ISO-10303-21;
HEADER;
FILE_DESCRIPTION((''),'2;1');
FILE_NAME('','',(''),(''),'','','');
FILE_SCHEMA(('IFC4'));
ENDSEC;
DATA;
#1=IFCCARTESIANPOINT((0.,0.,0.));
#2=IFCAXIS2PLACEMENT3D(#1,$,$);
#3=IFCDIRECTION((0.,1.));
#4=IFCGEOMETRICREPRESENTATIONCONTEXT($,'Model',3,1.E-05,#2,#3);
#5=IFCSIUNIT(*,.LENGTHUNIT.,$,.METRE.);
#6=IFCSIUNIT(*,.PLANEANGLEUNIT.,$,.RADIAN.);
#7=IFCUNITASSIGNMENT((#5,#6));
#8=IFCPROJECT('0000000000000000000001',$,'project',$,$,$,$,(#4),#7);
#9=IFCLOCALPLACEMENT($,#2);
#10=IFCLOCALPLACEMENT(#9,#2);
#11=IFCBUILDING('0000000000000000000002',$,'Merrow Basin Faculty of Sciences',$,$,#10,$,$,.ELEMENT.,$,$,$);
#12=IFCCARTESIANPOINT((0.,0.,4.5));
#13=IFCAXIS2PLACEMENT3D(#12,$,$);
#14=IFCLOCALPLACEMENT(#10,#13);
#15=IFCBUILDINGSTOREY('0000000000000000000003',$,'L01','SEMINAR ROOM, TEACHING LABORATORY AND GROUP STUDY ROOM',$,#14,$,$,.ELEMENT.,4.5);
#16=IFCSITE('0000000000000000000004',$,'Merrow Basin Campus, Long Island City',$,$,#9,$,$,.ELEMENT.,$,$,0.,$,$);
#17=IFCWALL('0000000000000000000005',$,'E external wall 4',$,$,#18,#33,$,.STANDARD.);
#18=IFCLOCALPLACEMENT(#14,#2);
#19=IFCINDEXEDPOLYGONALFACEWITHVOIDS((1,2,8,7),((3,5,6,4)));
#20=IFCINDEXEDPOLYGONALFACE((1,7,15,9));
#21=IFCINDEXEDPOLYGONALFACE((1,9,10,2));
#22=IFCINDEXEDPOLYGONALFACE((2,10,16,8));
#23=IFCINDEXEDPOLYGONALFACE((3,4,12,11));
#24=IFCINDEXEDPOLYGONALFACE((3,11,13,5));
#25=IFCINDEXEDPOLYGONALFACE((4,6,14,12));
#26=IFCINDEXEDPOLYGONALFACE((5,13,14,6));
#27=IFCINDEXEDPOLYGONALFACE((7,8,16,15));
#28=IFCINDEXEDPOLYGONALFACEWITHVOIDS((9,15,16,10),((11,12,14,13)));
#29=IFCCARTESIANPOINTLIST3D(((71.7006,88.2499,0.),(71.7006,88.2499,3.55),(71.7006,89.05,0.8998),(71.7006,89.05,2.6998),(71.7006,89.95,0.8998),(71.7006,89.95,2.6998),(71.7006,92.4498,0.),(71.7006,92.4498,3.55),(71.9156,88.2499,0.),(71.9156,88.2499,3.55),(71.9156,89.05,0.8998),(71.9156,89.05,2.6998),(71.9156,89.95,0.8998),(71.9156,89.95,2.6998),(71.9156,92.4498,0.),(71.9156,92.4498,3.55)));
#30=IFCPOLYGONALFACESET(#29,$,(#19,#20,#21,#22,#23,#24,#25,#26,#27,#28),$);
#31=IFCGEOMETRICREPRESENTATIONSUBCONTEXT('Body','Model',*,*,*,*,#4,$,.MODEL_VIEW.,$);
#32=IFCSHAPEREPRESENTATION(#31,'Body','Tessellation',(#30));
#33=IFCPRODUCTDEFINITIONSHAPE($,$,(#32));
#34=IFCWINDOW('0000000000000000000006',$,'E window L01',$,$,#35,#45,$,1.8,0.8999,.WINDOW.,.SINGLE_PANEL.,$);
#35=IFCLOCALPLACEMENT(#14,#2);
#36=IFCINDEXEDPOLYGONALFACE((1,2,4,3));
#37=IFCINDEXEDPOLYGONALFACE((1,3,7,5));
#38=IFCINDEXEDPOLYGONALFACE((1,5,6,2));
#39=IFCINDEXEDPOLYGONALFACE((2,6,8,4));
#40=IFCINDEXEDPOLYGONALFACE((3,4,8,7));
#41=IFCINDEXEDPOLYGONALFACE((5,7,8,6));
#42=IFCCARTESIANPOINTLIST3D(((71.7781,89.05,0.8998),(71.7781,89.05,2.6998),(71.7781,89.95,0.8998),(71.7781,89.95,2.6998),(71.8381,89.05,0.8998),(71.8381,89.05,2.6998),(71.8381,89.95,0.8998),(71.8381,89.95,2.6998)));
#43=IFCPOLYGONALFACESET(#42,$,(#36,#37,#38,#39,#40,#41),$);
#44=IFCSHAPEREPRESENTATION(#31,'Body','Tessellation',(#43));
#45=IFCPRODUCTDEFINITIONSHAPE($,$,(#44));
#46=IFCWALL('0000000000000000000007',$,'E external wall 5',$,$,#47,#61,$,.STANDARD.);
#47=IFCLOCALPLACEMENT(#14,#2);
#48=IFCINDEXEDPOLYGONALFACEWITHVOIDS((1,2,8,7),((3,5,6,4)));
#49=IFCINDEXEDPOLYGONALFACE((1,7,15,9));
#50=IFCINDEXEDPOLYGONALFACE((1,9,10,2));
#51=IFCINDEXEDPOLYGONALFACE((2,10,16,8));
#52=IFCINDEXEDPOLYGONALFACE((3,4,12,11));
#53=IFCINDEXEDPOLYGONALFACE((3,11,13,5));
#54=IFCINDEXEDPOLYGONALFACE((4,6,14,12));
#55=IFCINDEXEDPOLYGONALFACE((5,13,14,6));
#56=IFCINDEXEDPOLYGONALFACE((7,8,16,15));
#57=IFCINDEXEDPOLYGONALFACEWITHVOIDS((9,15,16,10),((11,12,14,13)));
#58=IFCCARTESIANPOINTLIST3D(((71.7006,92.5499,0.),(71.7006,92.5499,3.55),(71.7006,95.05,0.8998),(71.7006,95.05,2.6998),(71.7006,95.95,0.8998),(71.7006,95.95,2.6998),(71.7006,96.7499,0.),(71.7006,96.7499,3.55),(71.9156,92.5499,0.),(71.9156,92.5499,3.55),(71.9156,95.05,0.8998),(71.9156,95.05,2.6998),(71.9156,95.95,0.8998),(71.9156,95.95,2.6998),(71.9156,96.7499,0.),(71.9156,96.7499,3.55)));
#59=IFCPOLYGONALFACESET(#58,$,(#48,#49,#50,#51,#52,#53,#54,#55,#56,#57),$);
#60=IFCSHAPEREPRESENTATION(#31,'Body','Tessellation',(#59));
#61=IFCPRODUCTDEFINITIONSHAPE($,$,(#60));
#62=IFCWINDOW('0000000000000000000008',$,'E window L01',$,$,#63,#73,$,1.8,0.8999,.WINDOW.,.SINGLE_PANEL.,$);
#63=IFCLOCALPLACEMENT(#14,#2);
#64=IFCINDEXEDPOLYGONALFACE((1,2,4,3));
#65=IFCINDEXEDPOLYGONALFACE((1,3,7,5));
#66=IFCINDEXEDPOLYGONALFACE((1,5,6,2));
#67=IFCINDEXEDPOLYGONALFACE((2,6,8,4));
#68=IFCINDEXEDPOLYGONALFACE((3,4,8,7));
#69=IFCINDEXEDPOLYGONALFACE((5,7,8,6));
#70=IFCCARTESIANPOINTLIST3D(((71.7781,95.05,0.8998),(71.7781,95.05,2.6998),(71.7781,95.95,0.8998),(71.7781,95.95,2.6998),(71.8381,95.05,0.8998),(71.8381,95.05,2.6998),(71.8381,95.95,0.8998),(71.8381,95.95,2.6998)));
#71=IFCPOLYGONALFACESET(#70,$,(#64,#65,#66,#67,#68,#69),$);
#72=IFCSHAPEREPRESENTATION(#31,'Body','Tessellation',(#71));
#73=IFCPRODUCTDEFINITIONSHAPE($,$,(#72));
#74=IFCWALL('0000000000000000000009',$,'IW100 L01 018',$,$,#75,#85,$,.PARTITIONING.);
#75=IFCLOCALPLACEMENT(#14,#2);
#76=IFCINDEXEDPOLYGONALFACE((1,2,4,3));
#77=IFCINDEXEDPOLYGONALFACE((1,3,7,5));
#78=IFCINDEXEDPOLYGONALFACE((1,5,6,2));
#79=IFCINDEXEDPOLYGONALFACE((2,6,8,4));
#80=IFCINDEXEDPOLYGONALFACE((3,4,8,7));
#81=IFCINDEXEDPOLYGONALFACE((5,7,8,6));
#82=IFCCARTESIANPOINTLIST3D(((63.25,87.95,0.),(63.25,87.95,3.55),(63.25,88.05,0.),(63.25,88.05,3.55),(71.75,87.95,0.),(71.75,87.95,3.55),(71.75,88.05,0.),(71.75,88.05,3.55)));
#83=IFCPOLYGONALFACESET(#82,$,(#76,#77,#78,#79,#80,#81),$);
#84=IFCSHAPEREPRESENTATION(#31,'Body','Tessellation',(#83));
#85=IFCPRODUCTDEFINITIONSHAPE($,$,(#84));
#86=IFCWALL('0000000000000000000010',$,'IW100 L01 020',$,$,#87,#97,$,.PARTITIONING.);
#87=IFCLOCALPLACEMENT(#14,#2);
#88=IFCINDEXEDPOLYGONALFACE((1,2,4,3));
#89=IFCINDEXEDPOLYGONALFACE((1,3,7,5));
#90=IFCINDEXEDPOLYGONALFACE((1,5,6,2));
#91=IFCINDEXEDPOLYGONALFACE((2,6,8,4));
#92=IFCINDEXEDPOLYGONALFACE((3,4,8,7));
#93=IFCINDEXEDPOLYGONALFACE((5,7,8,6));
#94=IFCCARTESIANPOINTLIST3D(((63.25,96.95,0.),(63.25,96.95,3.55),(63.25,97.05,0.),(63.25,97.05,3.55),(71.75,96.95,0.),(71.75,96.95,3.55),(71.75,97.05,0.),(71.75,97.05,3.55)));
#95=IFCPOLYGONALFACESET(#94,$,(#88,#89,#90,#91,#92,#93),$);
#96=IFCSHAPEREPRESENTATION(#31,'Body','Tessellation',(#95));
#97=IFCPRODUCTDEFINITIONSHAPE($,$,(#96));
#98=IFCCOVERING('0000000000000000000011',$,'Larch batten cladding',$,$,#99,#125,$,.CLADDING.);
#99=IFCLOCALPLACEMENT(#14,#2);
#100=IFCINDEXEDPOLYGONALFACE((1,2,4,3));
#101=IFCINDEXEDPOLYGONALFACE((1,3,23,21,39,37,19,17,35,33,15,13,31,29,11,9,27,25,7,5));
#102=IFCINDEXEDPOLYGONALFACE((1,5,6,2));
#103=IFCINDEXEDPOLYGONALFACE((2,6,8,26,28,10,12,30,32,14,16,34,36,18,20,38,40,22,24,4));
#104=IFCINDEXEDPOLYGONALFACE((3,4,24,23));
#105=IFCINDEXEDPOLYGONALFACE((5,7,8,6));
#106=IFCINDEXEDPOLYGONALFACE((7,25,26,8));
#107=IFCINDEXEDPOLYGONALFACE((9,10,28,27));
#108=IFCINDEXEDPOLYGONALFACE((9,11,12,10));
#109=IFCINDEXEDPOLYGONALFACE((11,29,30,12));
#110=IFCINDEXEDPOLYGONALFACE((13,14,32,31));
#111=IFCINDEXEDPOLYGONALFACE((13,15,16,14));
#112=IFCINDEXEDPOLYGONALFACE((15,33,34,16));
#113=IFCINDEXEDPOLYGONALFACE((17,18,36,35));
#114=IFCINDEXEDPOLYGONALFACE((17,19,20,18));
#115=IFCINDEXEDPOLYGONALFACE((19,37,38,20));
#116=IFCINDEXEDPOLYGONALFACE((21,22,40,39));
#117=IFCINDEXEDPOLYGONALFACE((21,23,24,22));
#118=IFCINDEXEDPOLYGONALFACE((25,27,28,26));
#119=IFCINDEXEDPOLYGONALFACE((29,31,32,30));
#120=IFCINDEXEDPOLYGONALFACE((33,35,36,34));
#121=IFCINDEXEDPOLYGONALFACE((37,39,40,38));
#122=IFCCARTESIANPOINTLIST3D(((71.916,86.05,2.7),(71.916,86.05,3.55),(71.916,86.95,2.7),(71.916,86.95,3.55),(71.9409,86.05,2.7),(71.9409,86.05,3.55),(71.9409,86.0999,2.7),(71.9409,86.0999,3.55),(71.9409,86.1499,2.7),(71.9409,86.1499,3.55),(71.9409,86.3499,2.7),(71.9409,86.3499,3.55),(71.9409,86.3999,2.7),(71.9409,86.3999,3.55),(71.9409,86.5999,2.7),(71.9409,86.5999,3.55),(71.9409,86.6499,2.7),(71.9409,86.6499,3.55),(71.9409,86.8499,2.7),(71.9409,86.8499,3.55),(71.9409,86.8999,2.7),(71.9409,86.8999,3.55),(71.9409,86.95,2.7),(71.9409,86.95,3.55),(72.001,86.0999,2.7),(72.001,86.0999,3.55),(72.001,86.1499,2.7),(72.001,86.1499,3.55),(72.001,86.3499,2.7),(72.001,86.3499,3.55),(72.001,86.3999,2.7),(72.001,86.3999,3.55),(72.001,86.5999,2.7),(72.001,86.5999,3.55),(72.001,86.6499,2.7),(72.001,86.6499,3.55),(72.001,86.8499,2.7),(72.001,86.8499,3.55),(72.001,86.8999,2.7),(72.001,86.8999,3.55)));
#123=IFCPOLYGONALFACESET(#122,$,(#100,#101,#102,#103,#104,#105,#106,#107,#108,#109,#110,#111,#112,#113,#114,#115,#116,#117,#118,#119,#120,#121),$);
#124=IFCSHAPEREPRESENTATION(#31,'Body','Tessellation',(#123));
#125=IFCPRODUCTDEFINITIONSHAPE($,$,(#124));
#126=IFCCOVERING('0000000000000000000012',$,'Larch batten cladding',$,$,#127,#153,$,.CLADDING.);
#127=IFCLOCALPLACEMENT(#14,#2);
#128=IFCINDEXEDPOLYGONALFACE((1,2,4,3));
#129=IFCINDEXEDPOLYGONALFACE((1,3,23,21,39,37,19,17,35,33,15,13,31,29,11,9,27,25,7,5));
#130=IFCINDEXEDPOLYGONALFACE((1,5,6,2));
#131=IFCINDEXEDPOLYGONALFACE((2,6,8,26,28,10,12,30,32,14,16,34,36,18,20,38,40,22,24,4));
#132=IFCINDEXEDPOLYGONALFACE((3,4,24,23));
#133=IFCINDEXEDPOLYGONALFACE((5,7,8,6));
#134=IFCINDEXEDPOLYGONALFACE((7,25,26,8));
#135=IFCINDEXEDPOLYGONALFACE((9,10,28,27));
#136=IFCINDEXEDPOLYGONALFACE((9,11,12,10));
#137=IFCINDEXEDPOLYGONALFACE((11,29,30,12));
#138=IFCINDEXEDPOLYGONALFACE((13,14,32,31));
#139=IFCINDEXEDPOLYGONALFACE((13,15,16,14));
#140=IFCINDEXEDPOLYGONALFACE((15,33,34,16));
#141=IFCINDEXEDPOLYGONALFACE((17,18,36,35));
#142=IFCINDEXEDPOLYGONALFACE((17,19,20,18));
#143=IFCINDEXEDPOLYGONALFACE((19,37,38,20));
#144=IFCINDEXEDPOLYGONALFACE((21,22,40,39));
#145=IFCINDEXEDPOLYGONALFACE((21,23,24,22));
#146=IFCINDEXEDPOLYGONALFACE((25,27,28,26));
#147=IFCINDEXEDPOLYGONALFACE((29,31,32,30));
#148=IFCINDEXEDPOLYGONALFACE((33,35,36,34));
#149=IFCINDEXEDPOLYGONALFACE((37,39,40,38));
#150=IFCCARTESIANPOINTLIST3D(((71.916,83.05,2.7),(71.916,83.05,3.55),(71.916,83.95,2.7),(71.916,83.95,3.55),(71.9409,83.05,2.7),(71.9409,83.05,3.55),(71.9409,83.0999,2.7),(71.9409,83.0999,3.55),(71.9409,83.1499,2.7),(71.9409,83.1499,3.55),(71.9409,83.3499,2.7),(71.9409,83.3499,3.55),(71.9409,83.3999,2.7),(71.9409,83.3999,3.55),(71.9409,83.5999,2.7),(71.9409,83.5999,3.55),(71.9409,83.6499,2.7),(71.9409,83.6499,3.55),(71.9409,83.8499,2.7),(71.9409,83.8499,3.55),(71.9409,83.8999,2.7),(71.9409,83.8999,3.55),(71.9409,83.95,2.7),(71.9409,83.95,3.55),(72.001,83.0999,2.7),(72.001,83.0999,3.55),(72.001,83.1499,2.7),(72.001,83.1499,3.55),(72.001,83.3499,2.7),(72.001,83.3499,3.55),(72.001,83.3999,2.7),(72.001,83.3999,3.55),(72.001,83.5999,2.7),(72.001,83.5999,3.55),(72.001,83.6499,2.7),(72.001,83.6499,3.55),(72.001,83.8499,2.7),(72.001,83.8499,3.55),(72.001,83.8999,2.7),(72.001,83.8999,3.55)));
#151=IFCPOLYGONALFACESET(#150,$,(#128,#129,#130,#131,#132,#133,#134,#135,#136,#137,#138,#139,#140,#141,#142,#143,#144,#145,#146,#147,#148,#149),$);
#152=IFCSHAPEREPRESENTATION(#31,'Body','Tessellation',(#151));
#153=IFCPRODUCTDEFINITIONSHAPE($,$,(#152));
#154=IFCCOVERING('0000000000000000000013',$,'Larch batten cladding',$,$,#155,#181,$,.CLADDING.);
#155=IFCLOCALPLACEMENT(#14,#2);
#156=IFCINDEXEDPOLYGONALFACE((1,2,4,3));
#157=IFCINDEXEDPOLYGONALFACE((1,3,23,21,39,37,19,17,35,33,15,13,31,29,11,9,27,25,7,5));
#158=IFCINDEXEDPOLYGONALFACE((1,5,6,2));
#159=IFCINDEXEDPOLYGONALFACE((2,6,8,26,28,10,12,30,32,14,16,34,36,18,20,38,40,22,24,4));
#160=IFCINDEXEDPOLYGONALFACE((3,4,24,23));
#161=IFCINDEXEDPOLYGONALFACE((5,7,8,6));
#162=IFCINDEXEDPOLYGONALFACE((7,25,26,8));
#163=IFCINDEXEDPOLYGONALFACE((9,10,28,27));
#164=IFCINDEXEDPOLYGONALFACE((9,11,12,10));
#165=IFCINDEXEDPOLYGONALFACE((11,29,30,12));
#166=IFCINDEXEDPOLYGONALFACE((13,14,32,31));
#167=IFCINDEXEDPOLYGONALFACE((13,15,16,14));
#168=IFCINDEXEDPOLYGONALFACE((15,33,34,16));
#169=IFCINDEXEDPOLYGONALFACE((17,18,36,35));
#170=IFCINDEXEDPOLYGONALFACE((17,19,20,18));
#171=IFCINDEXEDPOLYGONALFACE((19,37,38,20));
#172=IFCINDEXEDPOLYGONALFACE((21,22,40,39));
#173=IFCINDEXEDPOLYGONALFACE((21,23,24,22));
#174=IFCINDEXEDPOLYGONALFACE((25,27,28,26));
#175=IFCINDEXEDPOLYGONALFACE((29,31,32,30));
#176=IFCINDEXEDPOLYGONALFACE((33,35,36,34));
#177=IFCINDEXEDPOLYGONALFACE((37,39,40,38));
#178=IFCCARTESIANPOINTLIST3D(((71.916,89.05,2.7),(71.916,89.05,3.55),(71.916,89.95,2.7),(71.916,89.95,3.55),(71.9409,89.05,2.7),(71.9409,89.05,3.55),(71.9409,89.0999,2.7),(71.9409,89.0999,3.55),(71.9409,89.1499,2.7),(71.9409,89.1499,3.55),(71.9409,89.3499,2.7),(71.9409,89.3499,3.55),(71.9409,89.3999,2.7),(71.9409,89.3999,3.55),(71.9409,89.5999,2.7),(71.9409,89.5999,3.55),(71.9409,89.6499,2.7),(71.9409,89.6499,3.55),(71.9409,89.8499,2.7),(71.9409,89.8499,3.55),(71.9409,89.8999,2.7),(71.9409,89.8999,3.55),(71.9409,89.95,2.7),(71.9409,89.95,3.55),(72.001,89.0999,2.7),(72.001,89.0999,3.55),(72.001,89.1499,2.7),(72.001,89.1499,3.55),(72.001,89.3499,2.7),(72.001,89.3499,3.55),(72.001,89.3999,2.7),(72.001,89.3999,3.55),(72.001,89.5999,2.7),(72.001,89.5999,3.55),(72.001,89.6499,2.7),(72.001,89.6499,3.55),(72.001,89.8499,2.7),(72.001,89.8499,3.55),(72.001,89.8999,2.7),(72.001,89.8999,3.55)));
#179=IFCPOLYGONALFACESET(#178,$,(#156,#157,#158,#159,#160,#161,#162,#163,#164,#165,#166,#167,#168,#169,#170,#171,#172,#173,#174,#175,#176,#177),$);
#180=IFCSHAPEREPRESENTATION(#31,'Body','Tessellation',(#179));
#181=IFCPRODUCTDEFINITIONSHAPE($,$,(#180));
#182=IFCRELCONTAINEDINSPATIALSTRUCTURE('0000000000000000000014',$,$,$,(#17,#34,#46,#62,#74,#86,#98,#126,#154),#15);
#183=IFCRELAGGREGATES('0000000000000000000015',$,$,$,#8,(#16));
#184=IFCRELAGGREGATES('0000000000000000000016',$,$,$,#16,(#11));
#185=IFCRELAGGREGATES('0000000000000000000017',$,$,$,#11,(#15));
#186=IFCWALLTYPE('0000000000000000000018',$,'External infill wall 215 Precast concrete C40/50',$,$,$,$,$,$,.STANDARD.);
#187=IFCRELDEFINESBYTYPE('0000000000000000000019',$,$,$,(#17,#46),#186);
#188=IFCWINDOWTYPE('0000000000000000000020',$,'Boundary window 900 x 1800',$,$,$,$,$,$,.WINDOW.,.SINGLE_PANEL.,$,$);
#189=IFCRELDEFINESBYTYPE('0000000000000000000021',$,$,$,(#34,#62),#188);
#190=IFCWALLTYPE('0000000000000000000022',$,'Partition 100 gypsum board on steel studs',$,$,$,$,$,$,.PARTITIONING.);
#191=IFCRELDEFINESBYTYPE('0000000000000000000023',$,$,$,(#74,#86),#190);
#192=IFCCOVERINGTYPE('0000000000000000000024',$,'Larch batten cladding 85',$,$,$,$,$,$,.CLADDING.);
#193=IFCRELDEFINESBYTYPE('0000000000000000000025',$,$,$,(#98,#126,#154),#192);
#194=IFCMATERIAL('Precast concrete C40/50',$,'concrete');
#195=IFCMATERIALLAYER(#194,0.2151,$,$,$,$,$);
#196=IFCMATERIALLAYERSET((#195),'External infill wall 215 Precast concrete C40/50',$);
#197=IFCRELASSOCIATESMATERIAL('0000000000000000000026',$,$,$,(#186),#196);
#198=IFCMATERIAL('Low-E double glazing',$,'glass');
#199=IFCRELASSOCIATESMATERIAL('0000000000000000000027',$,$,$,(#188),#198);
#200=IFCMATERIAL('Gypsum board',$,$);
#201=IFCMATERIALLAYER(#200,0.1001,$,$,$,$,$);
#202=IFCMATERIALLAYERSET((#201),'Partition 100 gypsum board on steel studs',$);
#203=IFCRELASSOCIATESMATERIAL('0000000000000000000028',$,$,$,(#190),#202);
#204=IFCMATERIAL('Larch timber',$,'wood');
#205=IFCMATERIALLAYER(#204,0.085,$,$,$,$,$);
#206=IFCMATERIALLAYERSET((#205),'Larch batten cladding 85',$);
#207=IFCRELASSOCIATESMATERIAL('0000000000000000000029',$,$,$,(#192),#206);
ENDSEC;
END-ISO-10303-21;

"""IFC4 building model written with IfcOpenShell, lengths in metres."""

from ifc_helpers import new_model, si_unit, direction, frame, frame_2d, origin, place, context, subcontext, project, spatial, polyline, rectangle, outline, extrude, source, transform, mapped, material, layer, layer_set, type_object, element, fill, save


model = new_model("IFC4")

# Units and contexts
model_context = context("Model", 3, precision=1e-05, world=origin(), true_north=direction((0.0, 1.0)))
body_context = subcontext(model_context, "Body", "Model", "MODEL_VIEW")
ifc_project = project(units=[si_unit("LENGTHUNIT", "METRE"), si_unit("PLANEANGLEUNIT", "RADIAN")], contexts=[model_context])

# Site, building, storey
site_placement = place(None, origin())
site = spatial("IfcSite", under=ifc_project, at=site_placement, Name="Merrow Basin Campus, Long Island City", CompositionType="ELEMENT", RefElevation=0.0)
building_placement = place(site_placement, origin())
building = spatial("IfcBuilding", under=site, at=building_placement, Name="Merrow Basin Faculty of Sciences", CompositionType="ELEMENT")
storey_placement = place(building_placement, frame((0.0, 0.0, 4.5)))
storey = spatial("IfcBuildingStorey", under=building, at=storey_placement, Name="L01", Description="SEMINAR ROOM, TEACHING LABORATORY AND GROUP STUDY ROOM", CompositionType="ELEMENT", Elevation=4.5)

# Shared definitions
ifc_material_1 = material(Name="Precast concrete C40/50", Category="concrete")
ifc_layer_1 = layer(ifc_material_1, 0.2151)
ifc_layer_set_1 = layer_set([ifc_layer_1], Name="External infill wall 215 Precast concrete C40/50")
wall_type_1 = type_object("IfcWallType", Name="External infill wall 215 Precast concrete C40/50", PredefinedType="STANDARD", material=ifc_layer_set_1)
ifc_material_2 = material(Name="Low-E double glazing", Category="glass")
window_type = type_object("IfcWindowType", Name="Boundary window 900 x 1800", PartitioningType="SINGLE_PANEL", PredefinedType="WINDOW", material=ifc_material_2)

# Walls, openings, windows
wall_1_placement = place(storey_placement, frame((71.8081, 92.45, 0.0), z_axis=(0.0, 0.0, 1.0), x_axis=(0.0, -1.0, 0.0)))
wall_1 = element("IfcWall", 1, at=wall_1_placement, inside=storey, type_object=wall_type_1, Name="E external wall 4", PredefinedType="STANDARD", context=body_context, shape_type="SweptSolid", body=[
    extrude(rectangle(XDim=4.2, YDim=0.2151, at=frame_2d((2.1001, 0.0))), origin(), (0.0, 0.0, 1.0), 3.55),
])
opening_1_placement = place(wall_1_placement, frame((2.5, 0.0, 0.8999)))
opening_1 = element("IfcOpeningElement", 2, at=opening_1_placement, cuts=wall_1, PredefinedType="OPENING", context=body_context, shape_type="SweptSolid", body=[
    extrude(rectangle(XDim=0.8999, YDim=1.8, at=frame_2d((0.45, 0.8999))), frame((0.0, 0.1174, 0.0), z_axis=(0.0, -1.0, 0.0), x_axis=(1.0, 0.0, 0.0)), (0.0, 0.0, 1.0), 0.2351),
])
window_1_placement = place(opening_1_placement, origin())
window_1 = element("IfcWindow", 3, at=window_1_placement, inside=storey, type_object=window_type, Name="E window L01", OverallHeight=1.8, OverallWidth=0.8999, PartitioningType="SINGLE_PANEL", PredefinedType="WINDOW", context=body_context, shape_type="SweptSolid", body=[
    extrude(rectangle(XDim=0.8999, YDim=1.8, at=frame_2d((0.45, 0.8999))), frame((0.0, 0.03, 0.0), z_axis=(0.0, -1.0, 0.0), x_axis=(1.0, 0.0, 0.0)), (0.0, 0.0, 1.0), 0.0601),
])
fill(opening_1, window_1)
wall_2_placement = place(storey_placement, frame((71.8081, 96.75, 0.0), z_axis=(0.0, 0.0, 1.0), x_axis=(0.0, -1.0, 0.0)))
wall_2 = element("IfcWall", 4, at=wall_2_placement, inside=storey, type_object=wall_type_1, Name="E external wall 5", PredefinedType="STANDARD", context=body_context, shape_type="SweptSolid", body=[
    extrude(rectangle(XDim=4.2, YDim=0.2151, at=frame_2d((2.1001, 0.0))), origin(), (0.0, 0.0, 1.0), 3.55),
])
opening_2_placement = place(wall_2_placement, frame((0.8, 0.0, 0.8999)))
opening_2 = element("IfcOpeningElement", 5, at=opening_2_placement, cuts=wall_2, PredefinedType="OPENING", context=body_context, shape_type="SweptSolid", body=[
    extrude(rectangle(XDim=0.8999, YDim=1.8, at=frame_2d((0.45, 0.8999))), frame((0.0, 0.1174, 0.0), z_axis=(0.0, -1.0, 0.0), x_axis=(1.0, 0.0, 0.0)), (0.0, 0.0, 1.0), 0.2351),
])
window_2_placement = place(opening_2_placement, origin())
window_2 = element("IfcWindow", 6, at=window_2_placement, inside=storey, type_object=window_type, Name="E window L01", OverallHeight=1.8, OverallWidth=0.8999, PartitioningType="SINGLE_PANEL", PredefinedType="WINDOW", context=body_context, shape_type="SweptSolid", body=[
    extrude(rectangle(XDim=0.8999, YDim=1.8, at=frame_2d((0.45, 0.8999))), frame((0.0, 0.03, 0.0), z_axis=(0.0, -1.0, 0.0), x_axis=(1.0, 0.0, 0.0)), (0.0, 0.0, 1.0), 0.0601),
])
fill(opening_2, window_2)

# Walls
ifc_material_3 = material(Name="Gypsum board")
ifc_layer_2 = layer(ifc_material_3, 0.1001)
ifc_layer_set_2 = layer_set([ifc_layer_2], Name="Partition 100 gypsum board on steel studs")
wall_type_2 = type_object("IfcWallType", Name="Partition 100 gypsum board on steel studs", PredefinedType="PARTITIONING", material=ifc_layer_set_2)
for number, where, z_axis, x_axis, name in (
    (7, (63.25, 88.0, 0.0), (0.0, 0.0, 1.0), (1.0, 0.0, 0.0), "IW100 L01 018"),
    (8, (63.25, 97.0, 0.0), (0.0, 0.0, 1.0), (1.0, 0.0, 0.0), "IW100 L01 020"),
):
    element("IfcWall", number, at=place(storey_placement, frame(where, z_axis=z_axis, x_axis=x_axis)), inside=storey, type_object=wall_type_2, Name=name, PredefinedType="PARTITIONING", context=body_context, shape_type="SweptSolid", body=[
        extrude(rectangle(XDim=8.5, YDim=0.1001, at=frame_2d((4.25, 0.0))), origin(), (0.0, 0.0, 1.0), 3.55),
    ])

# Coverings
ifc_material_4 = material(Name="Larch timber", Category="wood")
ifc_layer_3 = layer(ifc_material_4, 0.085)
ifc_layer_set_3 = layer_set([ifc_layer_3], Name="Larch batten cladding 85")
covering_type = type_object("IfcCoveringType", Name="Larch batten cladding 85", PredefinedType="CLADDING", material=ifc_layer_set_3)
shared_shape_1 = source(origin(), body_context, "Body", "SweptSolid", [
    extrude(outline(polyline([(0.0, 0.0), (0.8999, 0.0), (0.8999, 0.0249), (0.8501, 0.0249), (0.8501, 0.085), (0.8, 0.085), (0.8, 0.0249), (0.6001, 0.0249), (0.6001, 0.085), (0.55, 0.085), (0.55, 0.0249), (0.3501, 0.0249), (0.3501, 0.085), (0.3, 0.085), (0.3, 0.0249), (0.1001, 0.0249), (0.1001, 0.085), (0.05, 0.085), (0.05, 0.0249), (0.0, 0.0249), (0.0, 0.0)])), origin(), (0.0, 0.0, 1.0), 0.8501),
])
for number, where, z_axis, x_axis, name in (
    (9, (71.916, 86.95, 2.7), (0.0, 0.0, 1.0), (0.0, -1.0, 0.0), "Larch batten cladding"),
    (10, (71.916, 83.95, 2.7), (0.0, 0.0, 1.0), (0.0, -1.0, 0.0), "Larch batten cladding"),
    (11, (71.916, 89.95, 2.7), (0.0, 0.0, 1.0), (0.0, -1.0, 0.0), "Larch batten cladding"),
):
    element("IfcCovering", number, at=place(storey_placement, frame(where, z_axis=z_axis, x_axis=x_axis)), inside=storey, type_object=covering_type, Name=name, PredefinedType="CLADDING", context=body_context, shape_type="MappedRepresentation", body=[
        mapped(shared_shape_1, transform((0.0, 0.0, 0.0), scale=1.0)),
    ])

save(model, "model.ifc")
